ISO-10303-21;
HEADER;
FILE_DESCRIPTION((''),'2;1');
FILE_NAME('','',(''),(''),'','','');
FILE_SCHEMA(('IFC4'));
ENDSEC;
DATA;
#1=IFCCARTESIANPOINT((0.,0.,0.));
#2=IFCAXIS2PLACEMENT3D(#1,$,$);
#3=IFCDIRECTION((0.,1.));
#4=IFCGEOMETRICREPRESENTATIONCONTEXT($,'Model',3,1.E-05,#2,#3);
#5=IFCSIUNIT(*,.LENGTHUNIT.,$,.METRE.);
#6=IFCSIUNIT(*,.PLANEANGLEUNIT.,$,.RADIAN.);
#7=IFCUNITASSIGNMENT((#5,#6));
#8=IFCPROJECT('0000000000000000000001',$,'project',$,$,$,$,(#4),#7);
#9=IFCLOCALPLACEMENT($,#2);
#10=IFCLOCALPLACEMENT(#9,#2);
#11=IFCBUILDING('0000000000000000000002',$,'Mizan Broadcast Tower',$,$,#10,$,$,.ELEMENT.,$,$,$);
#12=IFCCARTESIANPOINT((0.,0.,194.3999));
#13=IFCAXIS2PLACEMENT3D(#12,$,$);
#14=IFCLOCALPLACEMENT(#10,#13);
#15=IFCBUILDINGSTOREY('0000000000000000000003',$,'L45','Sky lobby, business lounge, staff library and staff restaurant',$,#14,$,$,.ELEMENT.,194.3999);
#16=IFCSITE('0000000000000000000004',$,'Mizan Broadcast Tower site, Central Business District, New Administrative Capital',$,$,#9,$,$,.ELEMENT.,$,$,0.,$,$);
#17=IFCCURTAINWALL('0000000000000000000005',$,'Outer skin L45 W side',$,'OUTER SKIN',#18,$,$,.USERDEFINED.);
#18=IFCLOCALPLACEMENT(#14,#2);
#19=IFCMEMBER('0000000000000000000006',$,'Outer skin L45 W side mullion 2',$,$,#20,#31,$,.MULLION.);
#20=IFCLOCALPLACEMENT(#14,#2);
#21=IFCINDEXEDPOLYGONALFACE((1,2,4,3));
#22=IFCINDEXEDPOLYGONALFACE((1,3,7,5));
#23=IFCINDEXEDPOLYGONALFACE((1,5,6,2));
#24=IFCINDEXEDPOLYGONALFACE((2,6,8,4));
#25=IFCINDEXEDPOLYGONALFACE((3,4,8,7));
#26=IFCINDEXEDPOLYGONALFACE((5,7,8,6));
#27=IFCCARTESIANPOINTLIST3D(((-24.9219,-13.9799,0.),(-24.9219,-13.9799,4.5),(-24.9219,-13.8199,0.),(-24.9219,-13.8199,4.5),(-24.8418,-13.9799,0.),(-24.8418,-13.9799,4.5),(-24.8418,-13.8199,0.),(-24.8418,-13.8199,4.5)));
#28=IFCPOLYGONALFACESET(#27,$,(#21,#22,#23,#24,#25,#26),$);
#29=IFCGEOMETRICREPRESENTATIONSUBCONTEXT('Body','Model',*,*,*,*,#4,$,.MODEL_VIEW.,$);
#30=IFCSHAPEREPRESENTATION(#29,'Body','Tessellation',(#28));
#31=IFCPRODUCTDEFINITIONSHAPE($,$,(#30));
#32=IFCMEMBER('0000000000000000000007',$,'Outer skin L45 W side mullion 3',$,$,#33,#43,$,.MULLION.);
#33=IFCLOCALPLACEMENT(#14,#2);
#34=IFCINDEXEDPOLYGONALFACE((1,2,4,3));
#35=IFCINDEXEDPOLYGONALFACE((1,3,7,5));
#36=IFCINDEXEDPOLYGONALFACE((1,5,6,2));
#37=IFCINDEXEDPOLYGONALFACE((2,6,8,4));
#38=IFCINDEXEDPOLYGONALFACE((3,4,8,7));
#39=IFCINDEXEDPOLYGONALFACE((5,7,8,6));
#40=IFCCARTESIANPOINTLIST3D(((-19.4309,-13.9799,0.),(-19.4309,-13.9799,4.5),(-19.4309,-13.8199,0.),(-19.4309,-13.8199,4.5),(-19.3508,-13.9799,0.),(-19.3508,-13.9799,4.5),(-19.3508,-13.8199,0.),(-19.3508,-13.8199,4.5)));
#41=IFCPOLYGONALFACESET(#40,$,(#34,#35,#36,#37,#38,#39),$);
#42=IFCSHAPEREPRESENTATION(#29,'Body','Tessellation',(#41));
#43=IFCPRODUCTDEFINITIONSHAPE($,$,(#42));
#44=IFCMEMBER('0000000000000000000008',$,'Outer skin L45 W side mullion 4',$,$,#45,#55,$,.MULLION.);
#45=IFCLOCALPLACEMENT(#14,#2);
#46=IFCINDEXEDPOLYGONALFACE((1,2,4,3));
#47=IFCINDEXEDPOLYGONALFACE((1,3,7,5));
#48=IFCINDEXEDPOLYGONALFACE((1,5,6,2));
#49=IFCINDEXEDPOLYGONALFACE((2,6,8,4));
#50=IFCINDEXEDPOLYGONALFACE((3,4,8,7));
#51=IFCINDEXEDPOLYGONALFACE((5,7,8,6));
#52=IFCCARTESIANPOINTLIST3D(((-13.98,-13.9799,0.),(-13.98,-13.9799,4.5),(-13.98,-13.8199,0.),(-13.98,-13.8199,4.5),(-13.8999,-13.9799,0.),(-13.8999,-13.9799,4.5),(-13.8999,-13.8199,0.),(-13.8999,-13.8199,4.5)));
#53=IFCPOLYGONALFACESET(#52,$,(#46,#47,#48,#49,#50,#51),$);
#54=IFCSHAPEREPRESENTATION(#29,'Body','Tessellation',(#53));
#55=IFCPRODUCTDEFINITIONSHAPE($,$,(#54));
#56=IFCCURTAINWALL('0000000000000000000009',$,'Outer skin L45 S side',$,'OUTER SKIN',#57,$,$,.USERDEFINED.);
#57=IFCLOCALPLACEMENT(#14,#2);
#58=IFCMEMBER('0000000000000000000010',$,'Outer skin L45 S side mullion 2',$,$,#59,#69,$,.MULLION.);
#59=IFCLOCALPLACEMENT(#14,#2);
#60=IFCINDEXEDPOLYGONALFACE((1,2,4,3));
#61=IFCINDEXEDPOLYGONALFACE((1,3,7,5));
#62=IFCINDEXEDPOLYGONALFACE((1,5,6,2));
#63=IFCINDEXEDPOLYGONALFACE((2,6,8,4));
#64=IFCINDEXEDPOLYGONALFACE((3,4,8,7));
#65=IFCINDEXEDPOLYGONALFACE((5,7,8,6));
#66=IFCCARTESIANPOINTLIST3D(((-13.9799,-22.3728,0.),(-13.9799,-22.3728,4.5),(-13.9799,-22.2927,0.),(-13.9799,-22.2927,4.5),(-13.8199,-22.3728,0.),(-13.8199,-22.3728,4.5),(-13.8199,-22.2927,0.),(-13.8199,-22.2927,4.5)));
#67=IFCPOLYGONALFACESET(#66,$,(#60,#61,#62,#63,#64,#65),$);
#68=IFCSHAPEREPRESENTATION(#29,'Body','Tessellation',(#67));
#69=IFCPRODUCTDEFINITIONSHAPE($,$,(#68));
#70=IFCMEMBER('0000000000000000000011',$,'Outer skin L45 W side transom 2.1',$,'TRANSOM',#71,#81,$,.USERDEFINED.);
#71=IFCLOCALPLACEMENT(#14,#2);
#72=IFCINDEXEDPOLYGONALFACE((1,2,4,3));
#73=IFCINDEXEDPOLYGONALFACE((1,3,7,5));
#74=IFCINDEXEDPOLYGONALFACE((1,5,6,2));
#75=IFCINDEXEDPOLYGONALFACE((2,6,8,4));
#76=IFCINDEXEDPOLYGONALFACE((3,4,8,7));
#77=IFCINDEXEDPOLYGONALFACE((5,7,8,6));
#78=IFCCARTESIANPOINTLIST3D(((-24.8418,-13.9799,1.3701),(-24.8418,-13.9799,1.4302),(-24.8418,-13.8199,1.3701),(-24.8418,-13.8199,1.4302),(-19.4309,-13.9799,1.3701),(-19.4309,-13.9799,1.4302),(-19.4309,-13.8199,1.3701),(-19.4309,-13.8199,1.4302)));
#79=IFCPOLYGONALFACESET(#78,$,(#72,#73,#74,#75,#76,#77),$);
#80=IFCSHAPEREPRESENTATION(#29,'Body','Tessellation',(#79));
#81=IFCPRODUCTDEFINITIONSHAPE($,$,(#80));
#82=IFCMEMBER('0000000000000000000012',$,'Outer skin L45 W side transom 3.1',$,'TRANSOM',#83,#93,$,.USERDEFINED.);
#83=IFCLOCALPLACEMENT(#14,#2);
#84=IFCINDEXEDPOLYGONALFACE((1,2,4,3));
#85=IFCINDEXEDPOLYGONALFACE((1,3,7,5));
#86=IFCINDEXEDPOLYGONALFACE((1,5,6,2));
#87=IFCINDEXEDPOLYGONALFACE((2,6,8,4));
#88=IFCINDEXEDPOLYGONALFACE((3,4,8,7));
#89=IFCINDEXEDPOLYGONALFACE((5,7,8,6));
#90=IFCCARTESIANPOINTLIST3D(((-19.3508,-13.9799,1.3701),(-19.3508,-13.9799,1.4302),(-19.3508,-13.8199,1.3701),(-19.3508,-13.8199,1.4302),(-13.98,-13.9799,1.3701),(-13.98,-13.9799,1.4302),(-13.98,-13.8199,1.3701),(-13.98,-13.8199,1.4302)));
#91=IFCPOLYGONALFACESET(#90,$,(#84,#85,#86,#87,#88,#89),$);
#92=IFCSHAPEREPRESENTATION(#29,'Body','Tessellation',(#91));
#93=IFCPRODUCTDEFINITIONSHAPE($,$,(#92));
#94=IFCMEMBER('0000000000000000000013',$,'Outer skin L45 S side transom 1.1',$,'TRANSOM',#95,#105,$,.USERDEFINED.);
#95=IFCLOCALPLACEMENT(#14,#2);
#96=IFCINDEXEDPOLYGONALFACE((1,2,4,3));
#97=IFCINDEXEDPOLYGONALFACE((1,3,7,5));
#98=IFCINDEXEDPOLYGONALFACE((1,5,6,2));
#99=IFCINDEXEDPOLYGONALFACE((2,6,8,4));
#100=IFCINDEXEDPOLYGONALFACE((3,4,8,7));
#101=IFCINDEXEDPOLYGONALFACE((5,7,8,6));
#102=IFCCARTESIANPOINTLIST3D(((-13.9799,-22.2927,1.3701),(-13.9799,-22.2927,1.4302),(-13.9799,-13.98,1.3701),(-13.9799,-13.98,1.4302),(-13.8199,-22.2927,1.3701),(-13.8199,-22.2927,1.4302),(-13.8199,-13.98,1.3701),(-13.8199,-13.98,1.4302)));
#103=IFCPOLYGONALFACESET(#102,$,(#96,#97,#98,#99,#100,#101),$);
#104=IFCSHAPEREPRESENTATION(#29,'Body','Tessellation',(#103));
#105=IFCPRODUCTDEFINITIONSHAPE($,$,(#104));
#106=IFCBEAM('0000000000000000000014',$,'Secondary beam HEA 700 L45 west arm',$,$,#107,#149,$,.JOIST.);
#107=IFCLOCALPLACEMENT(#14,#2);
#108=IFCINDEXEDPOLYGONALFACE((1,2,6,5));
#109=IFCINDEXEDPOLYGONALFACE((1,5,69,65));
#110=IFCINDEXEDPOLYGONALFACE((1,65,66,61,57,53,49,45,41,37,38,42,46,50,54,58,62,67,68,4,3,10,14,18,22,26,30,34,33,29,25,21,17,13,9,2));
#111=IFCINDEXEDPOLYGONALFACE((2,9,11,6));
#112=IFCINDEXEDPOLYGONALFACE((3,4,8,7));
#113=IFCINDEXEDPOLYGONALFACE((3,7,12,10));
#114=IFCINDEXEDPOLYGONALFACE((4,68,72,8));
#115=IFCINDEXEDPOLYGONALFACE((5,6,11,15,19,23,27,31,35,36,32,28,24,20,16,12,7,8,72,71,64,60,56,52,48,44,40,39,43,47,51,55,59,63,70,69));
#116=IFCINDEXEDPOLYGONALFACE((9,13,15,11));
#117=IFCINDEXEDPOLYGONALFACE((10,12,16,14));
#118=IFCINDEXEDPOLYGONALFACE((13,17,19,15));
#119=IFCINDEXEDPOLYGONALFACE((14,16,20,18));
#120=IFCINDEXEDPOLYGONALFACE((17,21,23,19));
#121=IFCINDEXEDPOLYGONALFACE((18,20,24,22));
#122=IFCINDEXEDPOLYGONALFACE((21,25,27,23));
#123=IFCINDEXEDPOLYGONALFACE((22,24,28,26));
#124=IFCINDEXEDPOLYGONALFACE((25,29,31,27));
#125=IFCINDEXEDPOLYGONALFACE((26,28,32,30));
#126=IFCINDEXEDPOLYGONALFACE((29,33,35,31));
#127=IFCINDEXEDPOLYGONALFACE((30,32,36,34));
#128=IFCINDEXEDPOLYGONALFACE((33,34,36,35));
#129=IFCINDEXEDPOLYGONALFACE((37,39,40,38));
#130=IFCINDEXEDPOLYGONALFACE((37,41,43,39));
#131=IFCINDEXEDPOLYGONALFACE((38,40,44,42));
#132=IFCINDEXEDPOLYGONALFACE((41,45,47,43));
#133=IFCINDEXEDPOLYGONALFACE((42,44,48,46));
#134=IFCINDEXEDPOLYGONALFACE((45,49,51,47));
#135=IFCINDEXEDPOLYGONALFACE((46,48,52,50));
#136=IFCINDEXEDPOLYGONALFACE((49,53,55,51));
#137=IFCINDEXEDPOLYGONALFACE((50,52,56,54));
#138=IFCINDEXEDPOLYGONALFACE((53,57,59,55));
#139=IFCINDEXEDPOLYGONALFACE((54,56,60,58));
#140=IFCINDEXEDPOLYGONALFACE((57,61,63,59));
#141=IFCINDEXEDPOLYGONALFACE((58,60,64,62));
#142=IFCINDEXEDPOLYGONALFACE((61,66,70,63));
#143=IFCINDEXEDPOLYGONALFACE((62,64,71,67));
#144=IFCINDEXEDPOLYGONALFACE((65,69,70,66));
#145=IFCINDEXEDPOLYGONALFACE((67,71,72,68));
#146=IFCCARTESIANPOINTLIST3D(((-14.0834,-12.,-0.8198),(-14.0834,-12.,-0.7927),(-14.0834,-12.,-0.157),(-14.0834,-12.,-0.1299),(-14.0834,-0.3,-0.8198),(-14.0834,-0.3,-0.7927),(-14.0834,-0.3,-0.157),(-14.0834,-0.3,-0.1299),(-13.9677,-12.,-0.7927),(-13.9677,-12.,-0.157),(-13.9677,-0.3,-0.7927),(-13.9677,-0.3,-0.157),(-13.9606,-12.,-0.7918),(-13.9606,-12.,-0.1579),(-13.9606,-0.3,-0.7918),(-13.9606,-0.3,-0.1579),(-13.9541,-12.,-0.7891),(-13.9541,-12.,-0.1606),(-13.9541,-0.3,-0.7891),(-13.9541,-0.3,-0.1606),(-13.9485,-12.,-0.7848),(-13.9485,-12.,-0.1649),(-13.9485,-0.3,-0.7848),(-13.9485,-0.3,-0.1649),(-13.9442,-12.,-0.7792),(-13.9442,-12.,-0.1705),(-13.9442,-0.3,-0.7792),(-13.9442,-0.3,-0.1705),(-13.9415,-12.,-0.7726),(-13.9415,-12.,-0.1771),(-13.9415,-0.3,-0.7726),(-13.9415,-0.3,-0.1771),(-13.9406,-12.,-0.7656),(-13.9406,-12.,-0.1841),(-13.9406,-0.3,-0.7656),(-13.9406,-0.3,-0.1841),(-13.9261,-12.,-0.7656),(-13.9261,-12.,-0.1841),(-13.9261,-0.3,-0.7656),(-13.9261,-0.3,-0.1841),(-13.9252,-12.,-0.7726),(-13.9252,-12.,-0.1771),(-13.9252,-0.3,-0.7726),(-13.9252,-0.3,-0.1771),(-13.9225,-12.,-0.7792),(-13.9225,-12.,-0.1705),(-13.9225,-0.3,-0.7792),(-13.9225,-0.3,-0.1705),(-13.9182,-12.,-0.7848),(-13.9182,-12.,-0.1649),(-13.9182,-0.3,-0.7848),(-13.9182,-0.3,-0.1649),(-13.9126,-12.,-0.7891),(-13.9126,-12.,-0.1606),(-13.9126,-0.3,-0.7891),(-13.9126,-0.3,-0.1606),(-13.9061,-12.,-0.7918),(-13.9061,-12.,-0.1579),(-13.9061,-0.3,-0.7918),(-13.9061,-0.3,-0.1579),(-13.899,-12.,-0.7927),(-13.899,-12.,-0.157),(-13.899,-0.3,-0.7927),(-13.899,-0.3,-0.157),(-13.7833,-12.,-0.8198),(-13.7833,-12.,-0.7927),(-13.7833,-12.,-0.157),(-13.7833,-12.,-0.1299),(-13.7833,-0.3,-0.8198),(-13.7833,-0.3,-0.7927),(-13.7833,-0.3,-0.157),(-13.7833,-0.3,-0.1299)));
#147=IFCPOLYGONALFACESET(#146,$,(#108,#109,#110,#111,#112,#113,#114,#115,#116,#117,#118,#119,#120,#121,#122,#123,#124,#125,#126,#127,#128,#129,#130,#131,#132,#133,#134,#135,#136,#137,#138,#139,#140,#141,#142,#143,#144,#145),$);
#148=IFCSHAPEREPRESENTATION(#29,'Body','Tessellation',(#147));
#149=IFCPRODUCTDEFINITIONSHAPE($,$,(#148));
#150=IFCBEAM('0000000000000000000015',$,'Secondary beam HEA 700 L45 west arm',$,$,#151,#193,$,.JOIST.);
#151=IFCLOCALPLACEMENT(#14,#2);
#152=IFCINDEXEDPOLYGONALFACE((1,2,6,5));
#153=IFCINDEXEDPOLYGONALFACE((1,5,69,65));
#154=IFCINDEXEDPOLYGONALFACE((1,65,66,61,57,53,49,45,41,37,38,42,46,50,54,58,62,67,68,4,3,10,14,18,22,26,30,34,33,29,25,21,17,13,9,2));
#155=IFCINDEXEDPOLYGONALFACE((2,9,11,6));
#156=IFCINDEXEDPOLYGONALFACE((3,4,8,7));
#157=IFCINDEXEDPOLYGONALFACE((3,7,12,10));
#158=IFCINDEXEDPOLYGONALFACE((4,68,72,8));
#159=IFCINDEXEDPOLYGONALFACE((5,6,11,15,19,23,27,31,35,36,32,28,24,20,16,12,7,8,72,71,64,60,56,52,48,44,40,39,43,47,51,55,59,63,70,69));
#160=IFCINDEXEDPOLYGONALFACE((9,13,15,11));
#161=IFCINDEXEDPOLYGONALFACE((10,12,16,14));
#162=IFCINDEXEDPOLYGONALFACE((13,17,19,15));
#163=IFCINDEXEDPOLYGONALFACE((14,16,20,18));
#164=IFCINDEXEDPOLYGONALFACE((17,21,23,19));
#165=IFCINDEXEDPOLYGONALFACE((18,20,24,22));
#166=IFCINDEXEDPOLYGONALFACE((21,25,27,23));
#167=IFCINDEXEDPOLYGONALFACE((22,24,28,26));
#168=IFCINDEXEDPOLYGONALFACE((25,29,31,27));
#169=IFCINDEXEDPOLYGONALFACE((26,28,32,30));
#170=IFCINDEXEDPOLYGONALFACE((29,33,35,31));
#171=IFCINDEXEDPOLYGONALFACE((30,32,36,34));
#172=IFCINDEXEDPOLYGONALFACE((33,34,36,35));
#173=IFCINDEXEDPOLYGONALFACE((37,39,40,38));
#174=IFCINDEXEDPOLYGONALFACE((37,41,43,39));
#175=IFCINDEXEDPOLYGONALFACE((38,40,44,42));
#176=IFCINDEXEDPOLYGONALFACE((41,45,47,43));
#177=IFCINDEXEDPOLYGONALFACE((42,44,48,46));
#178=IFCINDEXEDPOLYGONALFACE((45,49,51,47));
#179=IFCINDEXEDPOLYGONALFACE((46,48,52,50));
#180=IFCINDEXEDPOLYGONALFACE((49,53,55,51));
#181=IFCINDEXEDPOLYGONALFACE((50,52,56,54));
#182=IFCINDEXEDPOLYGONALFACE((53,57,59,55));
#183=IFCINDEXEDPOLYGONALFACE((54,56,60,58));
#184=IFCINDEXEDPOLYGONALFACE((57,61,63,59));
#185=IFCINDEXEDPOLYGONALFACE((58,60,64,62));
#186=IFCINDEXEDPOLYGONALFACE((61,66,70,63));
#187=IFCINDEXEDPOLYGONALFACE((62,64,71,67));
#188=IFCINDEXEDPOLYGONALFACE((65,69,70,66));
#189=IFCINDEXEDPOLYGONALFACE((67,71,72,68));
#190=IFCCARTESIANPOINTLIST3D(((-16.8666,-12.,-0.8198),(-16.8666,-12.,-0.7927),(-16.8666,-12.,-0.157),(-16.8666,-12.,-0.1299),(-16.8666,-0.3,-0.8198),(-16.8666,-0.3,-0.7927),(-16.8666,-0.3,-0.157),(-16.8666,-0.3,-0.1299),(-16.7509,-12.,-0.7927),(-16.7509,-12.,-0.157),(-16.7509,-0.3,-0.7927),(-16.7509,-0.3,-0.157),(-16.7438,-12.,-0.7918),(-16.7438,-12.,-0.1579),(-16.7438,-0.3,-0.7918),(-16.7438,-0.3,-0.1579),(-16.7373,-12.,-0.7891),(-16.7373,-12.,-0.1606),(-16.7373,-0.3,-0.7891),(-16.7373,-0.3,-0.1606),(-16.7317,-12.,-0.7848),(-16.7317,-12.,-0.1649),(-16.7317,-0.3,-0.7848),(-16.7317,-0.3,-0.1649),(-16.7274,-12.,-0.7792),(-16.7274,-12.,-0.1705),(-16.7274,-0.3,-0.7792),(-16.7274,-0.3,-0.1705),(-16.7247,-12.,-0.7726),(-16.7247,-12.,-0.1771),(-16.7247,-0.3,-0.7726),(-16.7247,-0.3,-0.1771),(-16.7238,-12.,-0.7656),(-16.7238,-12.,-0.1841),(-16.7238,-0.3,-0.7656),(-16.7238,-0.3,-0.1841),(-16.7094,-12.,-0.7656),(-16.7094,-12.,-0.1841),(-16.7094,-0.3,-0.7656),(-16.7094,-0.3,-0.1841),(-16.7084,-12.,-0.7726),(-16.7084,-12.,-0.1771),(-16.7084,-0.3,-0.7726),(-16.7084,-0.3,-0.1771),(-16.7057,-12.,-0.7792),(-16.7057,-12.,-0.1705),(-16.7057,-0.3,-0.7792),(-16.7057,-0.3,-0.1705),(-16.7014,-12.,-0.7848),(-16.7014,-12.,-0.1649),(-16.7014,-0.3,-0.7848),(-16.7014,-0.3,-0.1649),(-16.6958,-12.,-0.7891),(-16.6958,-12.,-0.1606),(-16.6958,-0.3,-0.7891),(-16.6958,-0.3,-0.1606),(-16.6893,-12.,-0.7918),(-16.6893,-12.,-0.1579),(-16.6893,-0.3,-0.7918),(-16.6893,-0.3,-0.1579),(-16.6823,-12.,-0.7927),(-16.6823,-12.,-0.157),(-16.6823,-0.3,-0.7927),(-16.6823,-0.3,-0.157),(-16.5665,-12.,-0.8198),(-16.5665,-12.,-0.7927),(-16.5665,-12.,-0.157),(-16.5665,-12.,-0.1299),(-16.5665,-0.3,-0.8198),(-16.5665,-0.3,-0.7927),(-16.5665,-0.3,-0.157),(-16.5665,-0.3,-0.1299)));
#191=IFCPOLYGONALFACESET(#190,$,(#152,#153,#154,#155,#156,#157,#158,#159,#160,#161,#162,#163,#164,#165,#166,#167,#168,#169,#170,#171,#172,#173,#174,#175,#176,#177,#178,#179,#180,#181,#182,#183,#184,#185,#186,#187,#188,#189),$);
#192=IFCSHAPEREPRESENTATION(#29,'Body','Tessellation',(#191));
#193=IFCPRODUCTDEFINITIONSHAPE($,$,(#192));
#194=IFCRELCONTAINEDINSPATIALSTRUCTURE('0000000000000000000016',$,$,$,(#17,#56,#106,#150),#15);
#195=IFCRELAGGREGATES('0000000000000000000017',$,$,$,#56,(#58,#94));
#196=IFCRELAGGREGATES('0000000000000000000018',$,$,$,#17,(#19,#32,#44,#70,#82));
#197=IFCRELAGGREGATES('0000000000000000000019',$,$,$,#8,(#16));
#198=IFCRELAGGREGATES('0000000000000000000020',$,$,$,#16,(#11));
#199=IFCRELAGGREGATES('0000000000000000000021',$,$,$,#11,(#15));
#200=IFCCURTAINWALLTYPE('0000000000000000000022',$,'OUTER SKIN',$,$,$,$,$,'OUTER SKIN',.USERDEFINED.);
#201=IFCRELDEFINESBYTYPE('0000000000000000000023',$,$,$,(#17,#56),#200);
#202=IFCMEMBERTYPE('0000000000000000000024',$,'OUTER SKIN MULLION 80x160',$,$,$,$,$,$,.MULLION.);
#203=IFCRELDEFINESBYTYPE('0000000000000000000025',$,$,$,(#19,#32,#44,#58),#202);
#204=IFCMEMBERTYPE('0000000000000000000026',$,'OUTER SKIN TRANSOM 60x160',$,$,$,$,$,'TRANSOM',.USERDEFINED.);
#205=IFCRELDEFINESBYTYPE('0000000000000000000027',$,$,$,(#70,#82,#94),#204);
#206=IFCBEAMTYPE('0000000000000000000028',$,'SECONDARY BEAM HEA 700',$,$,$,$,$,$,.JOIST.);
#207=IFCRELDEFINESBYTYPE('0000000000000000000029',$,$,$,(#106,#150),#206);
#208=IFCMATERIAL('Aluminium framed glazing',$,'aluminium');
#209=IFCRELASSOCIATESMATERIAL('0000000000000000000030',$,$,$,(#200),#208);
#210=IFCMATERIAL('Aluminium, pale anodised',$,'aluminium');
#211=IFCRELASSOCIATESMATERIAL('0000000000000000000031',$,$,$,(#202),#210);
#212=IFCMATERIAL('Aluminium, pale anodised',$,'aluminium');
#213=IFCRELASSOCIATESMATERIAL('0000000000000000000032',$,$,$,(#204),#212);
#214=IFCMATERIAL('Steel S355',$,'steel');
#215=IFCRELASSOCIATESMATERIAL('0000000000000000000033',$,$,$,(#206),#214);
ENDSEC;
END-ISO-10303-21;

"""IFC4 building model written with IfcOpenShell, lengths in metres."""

from ifc_helpers import new_model, si_unit, direction, frame, origin, origin_2d, place, context, subcontext, project, spatial, rectangle, i_section, extrude, material, material_profile, profile_set, type_object, element, aggregate, save


model = new_model("IFC4")

# Units and contexts
model_context = context("Model", 3, precision=1e-05, world=origin(), true_north=direction((0.0, 1.0)))
body_context = subcontext(model_context, "Body", "Model", "MODEL_VIEW")
ifc_project = project(units=[si_unit("LENGTHUNIT", "METRE"), si_unit("PLANEANGLEUNIT", "RADIAN")], contexts=[model_context])

# Site, building, storey
site_placement = place(None, origin())
site = spatial("IfcSite", under=ifc_project, at=site_placement, Name="Mizan Broadcast Tower site, Central Business District, New Administrative Capital", CompositionType="ELEMENT", RefElevation=0.0)
building_placement = place(site_placement, origin())
building = spatial("IfcBuilding", under=site, at=building_placement, Name="Mizan Broadcast Tower", CompositionType="ELEMENT")
storey_placement = place(building_placement, frame((0.0, 0.0, 194.3999)))
storey = spatial("IfcBuildingStorey", under=building, at=storey_placement, Name="L45", Description="Sky lobby, business lounge, staff library and staff restaurant", CompositionType="ELEMENT", Elevation=194.3999)

# Curtain wall, members
ifc_material_1 = material(Name="Aluminium framed glazing", Category="aluminium")
curtain_wall_type_1 = type_object("IfcCurtainWallType", Name="OUTER SKIN", ElementType="OUTER SKIN", PredefinedType="USERDEFINED", material=ifc_material_1)
curtain_wall_1_placement = place(storey_placement, origin())
curtain_wall_1 = element("IfcCurtainWall", 1, at=curtain_wall_1_placement, inside=storey, type_object=curtain_wall_type_1, Name="Outer skin L45 W side", ObjectType="OUTER SKIN", PredefinedType="USERDEFINED")
ifc_material_2 = material(Name="Aluminium, pale anodised", Category="aluminium")
ifc_material_profile_1 = material_profile(ifc_material_2, rectangle(XDim=0.1599, YDim=0.0801, at=origin_2d()), Name="MULLION 160x80")
ifc_profile_set_1 = profile_set([ifc_material_profile_1], Name="Aluminium, pale anodised")
member_type_1 = type_object("IfcMemberType", Name="OUTER SKIN MULLION 80x160", PredefinedType="MULLION", material=ifc_profile_set_1)
member_1_placement = place(storey_placement, frame((-24.8818, -13.8999, 0.0), z_axis=(0.0, 0.0, 1.0), x_axis=(0.0, 1.0, 0.0)))
member_1 = element("IfcMember", 2, at=member_1_placement, type_object=member_type_1, Name="Outer skin L45 W side mullion 2", PredefinedType="MULLION", context=body_context, shape_type="SweptSolid", body=[
    extrude(rectangle(XDim=0.1599, YDim=0.0801, at=origin_2d()), origin(), (0.0, 0.0, 1.0), 4.5),
])
member_2_placement = place(storey_placement, frame((-19.3909, -13.8999, 0.0), z_axis=(0.0, 0.0, 1.0), x_axis=(0.0, 1.0, 0.0)))
member_2 = element("IfcMember", 3, at=member_2_placement, type_object=member_type_1, Name="Outer skin L45 W side mullion 3", PredefinedType="MULLION", context=body_context, shape_type="SweptSolid", body=[
    extrude(rectangle(XDim=0.1599, YDim=0.0801, at=origin_2d()), origin(), (0.0, 0.0, 1.0), 4.5),
])
member_3_placement = place(storey_placement, frame((-13.9399, -13.8999, 0.0), z_axis=(0.0, 0.0, 1.0), x_axis=(0.0, 1.0, 0.0)))
member_3 = element("IfcMember", 4, at=member_3_placement, type_object=member_type_1, Name="Outer skin L45 W side mullion 4", PredefinedType="MULLION", context=body_context, shape_type="SweptSolid", body=[
    extrude(rectangle(XDim=0.1599, YDim=0.0801, at=origin_2d()), origin(), (0.0, 0.0, 1.0), 4.5),
])

# Curtain wall, member
curtain_wall_2_placement = place(storey_placement, origin())
curtain_wall_2 = element("IfcCurtainWall", 5, at=curtain_wall_2_placement, inside=storey, type_object=curtain_wall_type_1, Name="Outer skin L45 S side", ObjectType="OUTER SKIN", PredefinedType="USERDEFINED")
member_4_placement = place(storey_placement, frame((-13.8999, -22.3328, 0.0), z_axis=(0.0, 0.0, 1.0), x_axis=(1.0, 0.0, 0.0)))
member_4 = element("IfcMember", 6, at=member_4_placement, type_object=member_type_1, Name="Outer skin L45 S side mullion 2", PredefinedType="MULLION", context=body_context, shape_type="SweptSolid", body=[
    extrude(rectangle(XDim=0.1599, YDim=0.0801, at=origin_2d()), origin(), (0.0, 0.0, 1.0), 4.5),
])

# Members
ifc_material_3 = material(Name="Aluminium, pale anodised", Category="aluminium")
ifc_material_profile_2 = material_profile(ifc_material_3, rectangle(XDim=0.1599, YDim=0.0601, at=origin_2d()), Name="TRANSOM 160x60")
ifc_profile_set_2 = profile_set([ifc_material_profile_2], Name="Aluminium, pale anodised")
member_type_2 = type_object("IfcMemberType", Name="OUTER SKIN TRANSOM 60x160", ElementType="TRANSOM", PredefinedType="USERDEFINED", material=ifc_profile_set_2)
member_5_placement = place(storey_placement, frame((-24.8418, -13.8999, 1.4001), z_axis=(1.0, 0.0, 0.0), x_axis=(0.0, 1.0, 0.0)))
member_5 = element("IfcMember", 7, at=member_5_placement, type_object=member_type_2, Name="Outer skin L45 W side transom 2.1", ObjectType="TRANSOM", PredefinedType="USERDEFINED", context=body_context, shape_type="SweptSolid", body=[
    extrude(rectangle(XDim=0.1599, YDim=0.0601, at=origin_2d()), origin(), (0.0, 0.0, 1.0), 5.4109),
])
member_6_placement = place(storey_placement, frame((-19.3508, -13.8999, 1.4001), z_axis=(1.0, 0.0, 0.0), x_axis=(0.0, 1.0, 0.0)))
member_6 = element("IfcMember", 8, at=member_6_placement, type_object=member_type_2, Name="Outer skin L45 W side transom 3.1", ObjectType="TRANSOM", PredefinedType="USERDEFINED", context=body_context, shape_type="SweptSolid", body=[
    extrude(rectangle(XDim=0.1599, YDim=0.0601, at=origin_2d()), origin(), (0.0, 0.0, 1.0), 5.3708),
])
member_7_placement = place(storey_placement, frame((-13.8999, -13.98, 1.4001), z_axis=(0.0, -1.0, 0.0), x_axis=(1.0, 0.0, 0.0)))
member_7 = element("IfcMember", 9, at=member_7_placement, type_object=member_type_2, Name="Outer skin L45 S side transom 1.1", ObjectType="TRANSOM", PredefinedType="USERDEFINED", context=body_context, shape_type="SweptSolid", body=[
    extrude(rectangle(XDim=0.1599, YDim=0.0601, at=origin_2d()), origin(), (0.0, 0.0, 1.0), 8.3127),
])

# Beams
ifc_material_4 = material(Name="Steel S355", Category="steel")
ifc_material_profile_3 = material_profile(ifc_material_4, i_section(OverallWidth=0.3, OverallDepth=0.6899, WebThickness=0.0144, FlangeThickness=0.0271, FilletRadius=0.0271, at=origin_2d()), Name="HEA 700")
ifc_profile_set_3 = profile_set([ifc_material_profile_3], Name="Steel S355")
beam_type_1 = type_object("IfcBeamType", Name="SECONDARY BEAM HEA 700", PredefinedType="JOIST", material=ifc_profile_set_3)
for number, where, z_axis, x_axis, name in (
    (10, (-13.9333, -12.0, -0.4749), (0.0, 1.0, 0.0), (-1.0, 0.0, 0.0), "Secondary beam HEA 700 L45 west arm"),
    (11, (-16.7166, -12.0, -0.4749), (0.0, 1.0, 0.0), (-1.0, 0.0, 0.0), "Secondary beam HEA 700 L45 west arm"),
):
    element("IfcBeam", number, at=place(storey_placement, frame(where, z_axis=z_axis, x_axis=x_axis)), inside=storey, type_object=beam_type_1, Name=name, PredefinedType="JOIST", context=body_context, shape_type="SweptSolid", body=[
        extrude(i_section(OverallWidth=0.3, OverallDepth=0.6899, WebThickness=0.0144, FlangeThickness=0.0271, FilletRadius=0.0271, at=origin_2d()), origin(), (0.0, 0.0, 1.0), 11.7),
    ])

aggregate(curtain_wall_2, [member_4, member_7])
aggregate(curtain_wall_1, [member_1, member_2, member_3, member_5, member_6])

save(model, "model.ifc")
